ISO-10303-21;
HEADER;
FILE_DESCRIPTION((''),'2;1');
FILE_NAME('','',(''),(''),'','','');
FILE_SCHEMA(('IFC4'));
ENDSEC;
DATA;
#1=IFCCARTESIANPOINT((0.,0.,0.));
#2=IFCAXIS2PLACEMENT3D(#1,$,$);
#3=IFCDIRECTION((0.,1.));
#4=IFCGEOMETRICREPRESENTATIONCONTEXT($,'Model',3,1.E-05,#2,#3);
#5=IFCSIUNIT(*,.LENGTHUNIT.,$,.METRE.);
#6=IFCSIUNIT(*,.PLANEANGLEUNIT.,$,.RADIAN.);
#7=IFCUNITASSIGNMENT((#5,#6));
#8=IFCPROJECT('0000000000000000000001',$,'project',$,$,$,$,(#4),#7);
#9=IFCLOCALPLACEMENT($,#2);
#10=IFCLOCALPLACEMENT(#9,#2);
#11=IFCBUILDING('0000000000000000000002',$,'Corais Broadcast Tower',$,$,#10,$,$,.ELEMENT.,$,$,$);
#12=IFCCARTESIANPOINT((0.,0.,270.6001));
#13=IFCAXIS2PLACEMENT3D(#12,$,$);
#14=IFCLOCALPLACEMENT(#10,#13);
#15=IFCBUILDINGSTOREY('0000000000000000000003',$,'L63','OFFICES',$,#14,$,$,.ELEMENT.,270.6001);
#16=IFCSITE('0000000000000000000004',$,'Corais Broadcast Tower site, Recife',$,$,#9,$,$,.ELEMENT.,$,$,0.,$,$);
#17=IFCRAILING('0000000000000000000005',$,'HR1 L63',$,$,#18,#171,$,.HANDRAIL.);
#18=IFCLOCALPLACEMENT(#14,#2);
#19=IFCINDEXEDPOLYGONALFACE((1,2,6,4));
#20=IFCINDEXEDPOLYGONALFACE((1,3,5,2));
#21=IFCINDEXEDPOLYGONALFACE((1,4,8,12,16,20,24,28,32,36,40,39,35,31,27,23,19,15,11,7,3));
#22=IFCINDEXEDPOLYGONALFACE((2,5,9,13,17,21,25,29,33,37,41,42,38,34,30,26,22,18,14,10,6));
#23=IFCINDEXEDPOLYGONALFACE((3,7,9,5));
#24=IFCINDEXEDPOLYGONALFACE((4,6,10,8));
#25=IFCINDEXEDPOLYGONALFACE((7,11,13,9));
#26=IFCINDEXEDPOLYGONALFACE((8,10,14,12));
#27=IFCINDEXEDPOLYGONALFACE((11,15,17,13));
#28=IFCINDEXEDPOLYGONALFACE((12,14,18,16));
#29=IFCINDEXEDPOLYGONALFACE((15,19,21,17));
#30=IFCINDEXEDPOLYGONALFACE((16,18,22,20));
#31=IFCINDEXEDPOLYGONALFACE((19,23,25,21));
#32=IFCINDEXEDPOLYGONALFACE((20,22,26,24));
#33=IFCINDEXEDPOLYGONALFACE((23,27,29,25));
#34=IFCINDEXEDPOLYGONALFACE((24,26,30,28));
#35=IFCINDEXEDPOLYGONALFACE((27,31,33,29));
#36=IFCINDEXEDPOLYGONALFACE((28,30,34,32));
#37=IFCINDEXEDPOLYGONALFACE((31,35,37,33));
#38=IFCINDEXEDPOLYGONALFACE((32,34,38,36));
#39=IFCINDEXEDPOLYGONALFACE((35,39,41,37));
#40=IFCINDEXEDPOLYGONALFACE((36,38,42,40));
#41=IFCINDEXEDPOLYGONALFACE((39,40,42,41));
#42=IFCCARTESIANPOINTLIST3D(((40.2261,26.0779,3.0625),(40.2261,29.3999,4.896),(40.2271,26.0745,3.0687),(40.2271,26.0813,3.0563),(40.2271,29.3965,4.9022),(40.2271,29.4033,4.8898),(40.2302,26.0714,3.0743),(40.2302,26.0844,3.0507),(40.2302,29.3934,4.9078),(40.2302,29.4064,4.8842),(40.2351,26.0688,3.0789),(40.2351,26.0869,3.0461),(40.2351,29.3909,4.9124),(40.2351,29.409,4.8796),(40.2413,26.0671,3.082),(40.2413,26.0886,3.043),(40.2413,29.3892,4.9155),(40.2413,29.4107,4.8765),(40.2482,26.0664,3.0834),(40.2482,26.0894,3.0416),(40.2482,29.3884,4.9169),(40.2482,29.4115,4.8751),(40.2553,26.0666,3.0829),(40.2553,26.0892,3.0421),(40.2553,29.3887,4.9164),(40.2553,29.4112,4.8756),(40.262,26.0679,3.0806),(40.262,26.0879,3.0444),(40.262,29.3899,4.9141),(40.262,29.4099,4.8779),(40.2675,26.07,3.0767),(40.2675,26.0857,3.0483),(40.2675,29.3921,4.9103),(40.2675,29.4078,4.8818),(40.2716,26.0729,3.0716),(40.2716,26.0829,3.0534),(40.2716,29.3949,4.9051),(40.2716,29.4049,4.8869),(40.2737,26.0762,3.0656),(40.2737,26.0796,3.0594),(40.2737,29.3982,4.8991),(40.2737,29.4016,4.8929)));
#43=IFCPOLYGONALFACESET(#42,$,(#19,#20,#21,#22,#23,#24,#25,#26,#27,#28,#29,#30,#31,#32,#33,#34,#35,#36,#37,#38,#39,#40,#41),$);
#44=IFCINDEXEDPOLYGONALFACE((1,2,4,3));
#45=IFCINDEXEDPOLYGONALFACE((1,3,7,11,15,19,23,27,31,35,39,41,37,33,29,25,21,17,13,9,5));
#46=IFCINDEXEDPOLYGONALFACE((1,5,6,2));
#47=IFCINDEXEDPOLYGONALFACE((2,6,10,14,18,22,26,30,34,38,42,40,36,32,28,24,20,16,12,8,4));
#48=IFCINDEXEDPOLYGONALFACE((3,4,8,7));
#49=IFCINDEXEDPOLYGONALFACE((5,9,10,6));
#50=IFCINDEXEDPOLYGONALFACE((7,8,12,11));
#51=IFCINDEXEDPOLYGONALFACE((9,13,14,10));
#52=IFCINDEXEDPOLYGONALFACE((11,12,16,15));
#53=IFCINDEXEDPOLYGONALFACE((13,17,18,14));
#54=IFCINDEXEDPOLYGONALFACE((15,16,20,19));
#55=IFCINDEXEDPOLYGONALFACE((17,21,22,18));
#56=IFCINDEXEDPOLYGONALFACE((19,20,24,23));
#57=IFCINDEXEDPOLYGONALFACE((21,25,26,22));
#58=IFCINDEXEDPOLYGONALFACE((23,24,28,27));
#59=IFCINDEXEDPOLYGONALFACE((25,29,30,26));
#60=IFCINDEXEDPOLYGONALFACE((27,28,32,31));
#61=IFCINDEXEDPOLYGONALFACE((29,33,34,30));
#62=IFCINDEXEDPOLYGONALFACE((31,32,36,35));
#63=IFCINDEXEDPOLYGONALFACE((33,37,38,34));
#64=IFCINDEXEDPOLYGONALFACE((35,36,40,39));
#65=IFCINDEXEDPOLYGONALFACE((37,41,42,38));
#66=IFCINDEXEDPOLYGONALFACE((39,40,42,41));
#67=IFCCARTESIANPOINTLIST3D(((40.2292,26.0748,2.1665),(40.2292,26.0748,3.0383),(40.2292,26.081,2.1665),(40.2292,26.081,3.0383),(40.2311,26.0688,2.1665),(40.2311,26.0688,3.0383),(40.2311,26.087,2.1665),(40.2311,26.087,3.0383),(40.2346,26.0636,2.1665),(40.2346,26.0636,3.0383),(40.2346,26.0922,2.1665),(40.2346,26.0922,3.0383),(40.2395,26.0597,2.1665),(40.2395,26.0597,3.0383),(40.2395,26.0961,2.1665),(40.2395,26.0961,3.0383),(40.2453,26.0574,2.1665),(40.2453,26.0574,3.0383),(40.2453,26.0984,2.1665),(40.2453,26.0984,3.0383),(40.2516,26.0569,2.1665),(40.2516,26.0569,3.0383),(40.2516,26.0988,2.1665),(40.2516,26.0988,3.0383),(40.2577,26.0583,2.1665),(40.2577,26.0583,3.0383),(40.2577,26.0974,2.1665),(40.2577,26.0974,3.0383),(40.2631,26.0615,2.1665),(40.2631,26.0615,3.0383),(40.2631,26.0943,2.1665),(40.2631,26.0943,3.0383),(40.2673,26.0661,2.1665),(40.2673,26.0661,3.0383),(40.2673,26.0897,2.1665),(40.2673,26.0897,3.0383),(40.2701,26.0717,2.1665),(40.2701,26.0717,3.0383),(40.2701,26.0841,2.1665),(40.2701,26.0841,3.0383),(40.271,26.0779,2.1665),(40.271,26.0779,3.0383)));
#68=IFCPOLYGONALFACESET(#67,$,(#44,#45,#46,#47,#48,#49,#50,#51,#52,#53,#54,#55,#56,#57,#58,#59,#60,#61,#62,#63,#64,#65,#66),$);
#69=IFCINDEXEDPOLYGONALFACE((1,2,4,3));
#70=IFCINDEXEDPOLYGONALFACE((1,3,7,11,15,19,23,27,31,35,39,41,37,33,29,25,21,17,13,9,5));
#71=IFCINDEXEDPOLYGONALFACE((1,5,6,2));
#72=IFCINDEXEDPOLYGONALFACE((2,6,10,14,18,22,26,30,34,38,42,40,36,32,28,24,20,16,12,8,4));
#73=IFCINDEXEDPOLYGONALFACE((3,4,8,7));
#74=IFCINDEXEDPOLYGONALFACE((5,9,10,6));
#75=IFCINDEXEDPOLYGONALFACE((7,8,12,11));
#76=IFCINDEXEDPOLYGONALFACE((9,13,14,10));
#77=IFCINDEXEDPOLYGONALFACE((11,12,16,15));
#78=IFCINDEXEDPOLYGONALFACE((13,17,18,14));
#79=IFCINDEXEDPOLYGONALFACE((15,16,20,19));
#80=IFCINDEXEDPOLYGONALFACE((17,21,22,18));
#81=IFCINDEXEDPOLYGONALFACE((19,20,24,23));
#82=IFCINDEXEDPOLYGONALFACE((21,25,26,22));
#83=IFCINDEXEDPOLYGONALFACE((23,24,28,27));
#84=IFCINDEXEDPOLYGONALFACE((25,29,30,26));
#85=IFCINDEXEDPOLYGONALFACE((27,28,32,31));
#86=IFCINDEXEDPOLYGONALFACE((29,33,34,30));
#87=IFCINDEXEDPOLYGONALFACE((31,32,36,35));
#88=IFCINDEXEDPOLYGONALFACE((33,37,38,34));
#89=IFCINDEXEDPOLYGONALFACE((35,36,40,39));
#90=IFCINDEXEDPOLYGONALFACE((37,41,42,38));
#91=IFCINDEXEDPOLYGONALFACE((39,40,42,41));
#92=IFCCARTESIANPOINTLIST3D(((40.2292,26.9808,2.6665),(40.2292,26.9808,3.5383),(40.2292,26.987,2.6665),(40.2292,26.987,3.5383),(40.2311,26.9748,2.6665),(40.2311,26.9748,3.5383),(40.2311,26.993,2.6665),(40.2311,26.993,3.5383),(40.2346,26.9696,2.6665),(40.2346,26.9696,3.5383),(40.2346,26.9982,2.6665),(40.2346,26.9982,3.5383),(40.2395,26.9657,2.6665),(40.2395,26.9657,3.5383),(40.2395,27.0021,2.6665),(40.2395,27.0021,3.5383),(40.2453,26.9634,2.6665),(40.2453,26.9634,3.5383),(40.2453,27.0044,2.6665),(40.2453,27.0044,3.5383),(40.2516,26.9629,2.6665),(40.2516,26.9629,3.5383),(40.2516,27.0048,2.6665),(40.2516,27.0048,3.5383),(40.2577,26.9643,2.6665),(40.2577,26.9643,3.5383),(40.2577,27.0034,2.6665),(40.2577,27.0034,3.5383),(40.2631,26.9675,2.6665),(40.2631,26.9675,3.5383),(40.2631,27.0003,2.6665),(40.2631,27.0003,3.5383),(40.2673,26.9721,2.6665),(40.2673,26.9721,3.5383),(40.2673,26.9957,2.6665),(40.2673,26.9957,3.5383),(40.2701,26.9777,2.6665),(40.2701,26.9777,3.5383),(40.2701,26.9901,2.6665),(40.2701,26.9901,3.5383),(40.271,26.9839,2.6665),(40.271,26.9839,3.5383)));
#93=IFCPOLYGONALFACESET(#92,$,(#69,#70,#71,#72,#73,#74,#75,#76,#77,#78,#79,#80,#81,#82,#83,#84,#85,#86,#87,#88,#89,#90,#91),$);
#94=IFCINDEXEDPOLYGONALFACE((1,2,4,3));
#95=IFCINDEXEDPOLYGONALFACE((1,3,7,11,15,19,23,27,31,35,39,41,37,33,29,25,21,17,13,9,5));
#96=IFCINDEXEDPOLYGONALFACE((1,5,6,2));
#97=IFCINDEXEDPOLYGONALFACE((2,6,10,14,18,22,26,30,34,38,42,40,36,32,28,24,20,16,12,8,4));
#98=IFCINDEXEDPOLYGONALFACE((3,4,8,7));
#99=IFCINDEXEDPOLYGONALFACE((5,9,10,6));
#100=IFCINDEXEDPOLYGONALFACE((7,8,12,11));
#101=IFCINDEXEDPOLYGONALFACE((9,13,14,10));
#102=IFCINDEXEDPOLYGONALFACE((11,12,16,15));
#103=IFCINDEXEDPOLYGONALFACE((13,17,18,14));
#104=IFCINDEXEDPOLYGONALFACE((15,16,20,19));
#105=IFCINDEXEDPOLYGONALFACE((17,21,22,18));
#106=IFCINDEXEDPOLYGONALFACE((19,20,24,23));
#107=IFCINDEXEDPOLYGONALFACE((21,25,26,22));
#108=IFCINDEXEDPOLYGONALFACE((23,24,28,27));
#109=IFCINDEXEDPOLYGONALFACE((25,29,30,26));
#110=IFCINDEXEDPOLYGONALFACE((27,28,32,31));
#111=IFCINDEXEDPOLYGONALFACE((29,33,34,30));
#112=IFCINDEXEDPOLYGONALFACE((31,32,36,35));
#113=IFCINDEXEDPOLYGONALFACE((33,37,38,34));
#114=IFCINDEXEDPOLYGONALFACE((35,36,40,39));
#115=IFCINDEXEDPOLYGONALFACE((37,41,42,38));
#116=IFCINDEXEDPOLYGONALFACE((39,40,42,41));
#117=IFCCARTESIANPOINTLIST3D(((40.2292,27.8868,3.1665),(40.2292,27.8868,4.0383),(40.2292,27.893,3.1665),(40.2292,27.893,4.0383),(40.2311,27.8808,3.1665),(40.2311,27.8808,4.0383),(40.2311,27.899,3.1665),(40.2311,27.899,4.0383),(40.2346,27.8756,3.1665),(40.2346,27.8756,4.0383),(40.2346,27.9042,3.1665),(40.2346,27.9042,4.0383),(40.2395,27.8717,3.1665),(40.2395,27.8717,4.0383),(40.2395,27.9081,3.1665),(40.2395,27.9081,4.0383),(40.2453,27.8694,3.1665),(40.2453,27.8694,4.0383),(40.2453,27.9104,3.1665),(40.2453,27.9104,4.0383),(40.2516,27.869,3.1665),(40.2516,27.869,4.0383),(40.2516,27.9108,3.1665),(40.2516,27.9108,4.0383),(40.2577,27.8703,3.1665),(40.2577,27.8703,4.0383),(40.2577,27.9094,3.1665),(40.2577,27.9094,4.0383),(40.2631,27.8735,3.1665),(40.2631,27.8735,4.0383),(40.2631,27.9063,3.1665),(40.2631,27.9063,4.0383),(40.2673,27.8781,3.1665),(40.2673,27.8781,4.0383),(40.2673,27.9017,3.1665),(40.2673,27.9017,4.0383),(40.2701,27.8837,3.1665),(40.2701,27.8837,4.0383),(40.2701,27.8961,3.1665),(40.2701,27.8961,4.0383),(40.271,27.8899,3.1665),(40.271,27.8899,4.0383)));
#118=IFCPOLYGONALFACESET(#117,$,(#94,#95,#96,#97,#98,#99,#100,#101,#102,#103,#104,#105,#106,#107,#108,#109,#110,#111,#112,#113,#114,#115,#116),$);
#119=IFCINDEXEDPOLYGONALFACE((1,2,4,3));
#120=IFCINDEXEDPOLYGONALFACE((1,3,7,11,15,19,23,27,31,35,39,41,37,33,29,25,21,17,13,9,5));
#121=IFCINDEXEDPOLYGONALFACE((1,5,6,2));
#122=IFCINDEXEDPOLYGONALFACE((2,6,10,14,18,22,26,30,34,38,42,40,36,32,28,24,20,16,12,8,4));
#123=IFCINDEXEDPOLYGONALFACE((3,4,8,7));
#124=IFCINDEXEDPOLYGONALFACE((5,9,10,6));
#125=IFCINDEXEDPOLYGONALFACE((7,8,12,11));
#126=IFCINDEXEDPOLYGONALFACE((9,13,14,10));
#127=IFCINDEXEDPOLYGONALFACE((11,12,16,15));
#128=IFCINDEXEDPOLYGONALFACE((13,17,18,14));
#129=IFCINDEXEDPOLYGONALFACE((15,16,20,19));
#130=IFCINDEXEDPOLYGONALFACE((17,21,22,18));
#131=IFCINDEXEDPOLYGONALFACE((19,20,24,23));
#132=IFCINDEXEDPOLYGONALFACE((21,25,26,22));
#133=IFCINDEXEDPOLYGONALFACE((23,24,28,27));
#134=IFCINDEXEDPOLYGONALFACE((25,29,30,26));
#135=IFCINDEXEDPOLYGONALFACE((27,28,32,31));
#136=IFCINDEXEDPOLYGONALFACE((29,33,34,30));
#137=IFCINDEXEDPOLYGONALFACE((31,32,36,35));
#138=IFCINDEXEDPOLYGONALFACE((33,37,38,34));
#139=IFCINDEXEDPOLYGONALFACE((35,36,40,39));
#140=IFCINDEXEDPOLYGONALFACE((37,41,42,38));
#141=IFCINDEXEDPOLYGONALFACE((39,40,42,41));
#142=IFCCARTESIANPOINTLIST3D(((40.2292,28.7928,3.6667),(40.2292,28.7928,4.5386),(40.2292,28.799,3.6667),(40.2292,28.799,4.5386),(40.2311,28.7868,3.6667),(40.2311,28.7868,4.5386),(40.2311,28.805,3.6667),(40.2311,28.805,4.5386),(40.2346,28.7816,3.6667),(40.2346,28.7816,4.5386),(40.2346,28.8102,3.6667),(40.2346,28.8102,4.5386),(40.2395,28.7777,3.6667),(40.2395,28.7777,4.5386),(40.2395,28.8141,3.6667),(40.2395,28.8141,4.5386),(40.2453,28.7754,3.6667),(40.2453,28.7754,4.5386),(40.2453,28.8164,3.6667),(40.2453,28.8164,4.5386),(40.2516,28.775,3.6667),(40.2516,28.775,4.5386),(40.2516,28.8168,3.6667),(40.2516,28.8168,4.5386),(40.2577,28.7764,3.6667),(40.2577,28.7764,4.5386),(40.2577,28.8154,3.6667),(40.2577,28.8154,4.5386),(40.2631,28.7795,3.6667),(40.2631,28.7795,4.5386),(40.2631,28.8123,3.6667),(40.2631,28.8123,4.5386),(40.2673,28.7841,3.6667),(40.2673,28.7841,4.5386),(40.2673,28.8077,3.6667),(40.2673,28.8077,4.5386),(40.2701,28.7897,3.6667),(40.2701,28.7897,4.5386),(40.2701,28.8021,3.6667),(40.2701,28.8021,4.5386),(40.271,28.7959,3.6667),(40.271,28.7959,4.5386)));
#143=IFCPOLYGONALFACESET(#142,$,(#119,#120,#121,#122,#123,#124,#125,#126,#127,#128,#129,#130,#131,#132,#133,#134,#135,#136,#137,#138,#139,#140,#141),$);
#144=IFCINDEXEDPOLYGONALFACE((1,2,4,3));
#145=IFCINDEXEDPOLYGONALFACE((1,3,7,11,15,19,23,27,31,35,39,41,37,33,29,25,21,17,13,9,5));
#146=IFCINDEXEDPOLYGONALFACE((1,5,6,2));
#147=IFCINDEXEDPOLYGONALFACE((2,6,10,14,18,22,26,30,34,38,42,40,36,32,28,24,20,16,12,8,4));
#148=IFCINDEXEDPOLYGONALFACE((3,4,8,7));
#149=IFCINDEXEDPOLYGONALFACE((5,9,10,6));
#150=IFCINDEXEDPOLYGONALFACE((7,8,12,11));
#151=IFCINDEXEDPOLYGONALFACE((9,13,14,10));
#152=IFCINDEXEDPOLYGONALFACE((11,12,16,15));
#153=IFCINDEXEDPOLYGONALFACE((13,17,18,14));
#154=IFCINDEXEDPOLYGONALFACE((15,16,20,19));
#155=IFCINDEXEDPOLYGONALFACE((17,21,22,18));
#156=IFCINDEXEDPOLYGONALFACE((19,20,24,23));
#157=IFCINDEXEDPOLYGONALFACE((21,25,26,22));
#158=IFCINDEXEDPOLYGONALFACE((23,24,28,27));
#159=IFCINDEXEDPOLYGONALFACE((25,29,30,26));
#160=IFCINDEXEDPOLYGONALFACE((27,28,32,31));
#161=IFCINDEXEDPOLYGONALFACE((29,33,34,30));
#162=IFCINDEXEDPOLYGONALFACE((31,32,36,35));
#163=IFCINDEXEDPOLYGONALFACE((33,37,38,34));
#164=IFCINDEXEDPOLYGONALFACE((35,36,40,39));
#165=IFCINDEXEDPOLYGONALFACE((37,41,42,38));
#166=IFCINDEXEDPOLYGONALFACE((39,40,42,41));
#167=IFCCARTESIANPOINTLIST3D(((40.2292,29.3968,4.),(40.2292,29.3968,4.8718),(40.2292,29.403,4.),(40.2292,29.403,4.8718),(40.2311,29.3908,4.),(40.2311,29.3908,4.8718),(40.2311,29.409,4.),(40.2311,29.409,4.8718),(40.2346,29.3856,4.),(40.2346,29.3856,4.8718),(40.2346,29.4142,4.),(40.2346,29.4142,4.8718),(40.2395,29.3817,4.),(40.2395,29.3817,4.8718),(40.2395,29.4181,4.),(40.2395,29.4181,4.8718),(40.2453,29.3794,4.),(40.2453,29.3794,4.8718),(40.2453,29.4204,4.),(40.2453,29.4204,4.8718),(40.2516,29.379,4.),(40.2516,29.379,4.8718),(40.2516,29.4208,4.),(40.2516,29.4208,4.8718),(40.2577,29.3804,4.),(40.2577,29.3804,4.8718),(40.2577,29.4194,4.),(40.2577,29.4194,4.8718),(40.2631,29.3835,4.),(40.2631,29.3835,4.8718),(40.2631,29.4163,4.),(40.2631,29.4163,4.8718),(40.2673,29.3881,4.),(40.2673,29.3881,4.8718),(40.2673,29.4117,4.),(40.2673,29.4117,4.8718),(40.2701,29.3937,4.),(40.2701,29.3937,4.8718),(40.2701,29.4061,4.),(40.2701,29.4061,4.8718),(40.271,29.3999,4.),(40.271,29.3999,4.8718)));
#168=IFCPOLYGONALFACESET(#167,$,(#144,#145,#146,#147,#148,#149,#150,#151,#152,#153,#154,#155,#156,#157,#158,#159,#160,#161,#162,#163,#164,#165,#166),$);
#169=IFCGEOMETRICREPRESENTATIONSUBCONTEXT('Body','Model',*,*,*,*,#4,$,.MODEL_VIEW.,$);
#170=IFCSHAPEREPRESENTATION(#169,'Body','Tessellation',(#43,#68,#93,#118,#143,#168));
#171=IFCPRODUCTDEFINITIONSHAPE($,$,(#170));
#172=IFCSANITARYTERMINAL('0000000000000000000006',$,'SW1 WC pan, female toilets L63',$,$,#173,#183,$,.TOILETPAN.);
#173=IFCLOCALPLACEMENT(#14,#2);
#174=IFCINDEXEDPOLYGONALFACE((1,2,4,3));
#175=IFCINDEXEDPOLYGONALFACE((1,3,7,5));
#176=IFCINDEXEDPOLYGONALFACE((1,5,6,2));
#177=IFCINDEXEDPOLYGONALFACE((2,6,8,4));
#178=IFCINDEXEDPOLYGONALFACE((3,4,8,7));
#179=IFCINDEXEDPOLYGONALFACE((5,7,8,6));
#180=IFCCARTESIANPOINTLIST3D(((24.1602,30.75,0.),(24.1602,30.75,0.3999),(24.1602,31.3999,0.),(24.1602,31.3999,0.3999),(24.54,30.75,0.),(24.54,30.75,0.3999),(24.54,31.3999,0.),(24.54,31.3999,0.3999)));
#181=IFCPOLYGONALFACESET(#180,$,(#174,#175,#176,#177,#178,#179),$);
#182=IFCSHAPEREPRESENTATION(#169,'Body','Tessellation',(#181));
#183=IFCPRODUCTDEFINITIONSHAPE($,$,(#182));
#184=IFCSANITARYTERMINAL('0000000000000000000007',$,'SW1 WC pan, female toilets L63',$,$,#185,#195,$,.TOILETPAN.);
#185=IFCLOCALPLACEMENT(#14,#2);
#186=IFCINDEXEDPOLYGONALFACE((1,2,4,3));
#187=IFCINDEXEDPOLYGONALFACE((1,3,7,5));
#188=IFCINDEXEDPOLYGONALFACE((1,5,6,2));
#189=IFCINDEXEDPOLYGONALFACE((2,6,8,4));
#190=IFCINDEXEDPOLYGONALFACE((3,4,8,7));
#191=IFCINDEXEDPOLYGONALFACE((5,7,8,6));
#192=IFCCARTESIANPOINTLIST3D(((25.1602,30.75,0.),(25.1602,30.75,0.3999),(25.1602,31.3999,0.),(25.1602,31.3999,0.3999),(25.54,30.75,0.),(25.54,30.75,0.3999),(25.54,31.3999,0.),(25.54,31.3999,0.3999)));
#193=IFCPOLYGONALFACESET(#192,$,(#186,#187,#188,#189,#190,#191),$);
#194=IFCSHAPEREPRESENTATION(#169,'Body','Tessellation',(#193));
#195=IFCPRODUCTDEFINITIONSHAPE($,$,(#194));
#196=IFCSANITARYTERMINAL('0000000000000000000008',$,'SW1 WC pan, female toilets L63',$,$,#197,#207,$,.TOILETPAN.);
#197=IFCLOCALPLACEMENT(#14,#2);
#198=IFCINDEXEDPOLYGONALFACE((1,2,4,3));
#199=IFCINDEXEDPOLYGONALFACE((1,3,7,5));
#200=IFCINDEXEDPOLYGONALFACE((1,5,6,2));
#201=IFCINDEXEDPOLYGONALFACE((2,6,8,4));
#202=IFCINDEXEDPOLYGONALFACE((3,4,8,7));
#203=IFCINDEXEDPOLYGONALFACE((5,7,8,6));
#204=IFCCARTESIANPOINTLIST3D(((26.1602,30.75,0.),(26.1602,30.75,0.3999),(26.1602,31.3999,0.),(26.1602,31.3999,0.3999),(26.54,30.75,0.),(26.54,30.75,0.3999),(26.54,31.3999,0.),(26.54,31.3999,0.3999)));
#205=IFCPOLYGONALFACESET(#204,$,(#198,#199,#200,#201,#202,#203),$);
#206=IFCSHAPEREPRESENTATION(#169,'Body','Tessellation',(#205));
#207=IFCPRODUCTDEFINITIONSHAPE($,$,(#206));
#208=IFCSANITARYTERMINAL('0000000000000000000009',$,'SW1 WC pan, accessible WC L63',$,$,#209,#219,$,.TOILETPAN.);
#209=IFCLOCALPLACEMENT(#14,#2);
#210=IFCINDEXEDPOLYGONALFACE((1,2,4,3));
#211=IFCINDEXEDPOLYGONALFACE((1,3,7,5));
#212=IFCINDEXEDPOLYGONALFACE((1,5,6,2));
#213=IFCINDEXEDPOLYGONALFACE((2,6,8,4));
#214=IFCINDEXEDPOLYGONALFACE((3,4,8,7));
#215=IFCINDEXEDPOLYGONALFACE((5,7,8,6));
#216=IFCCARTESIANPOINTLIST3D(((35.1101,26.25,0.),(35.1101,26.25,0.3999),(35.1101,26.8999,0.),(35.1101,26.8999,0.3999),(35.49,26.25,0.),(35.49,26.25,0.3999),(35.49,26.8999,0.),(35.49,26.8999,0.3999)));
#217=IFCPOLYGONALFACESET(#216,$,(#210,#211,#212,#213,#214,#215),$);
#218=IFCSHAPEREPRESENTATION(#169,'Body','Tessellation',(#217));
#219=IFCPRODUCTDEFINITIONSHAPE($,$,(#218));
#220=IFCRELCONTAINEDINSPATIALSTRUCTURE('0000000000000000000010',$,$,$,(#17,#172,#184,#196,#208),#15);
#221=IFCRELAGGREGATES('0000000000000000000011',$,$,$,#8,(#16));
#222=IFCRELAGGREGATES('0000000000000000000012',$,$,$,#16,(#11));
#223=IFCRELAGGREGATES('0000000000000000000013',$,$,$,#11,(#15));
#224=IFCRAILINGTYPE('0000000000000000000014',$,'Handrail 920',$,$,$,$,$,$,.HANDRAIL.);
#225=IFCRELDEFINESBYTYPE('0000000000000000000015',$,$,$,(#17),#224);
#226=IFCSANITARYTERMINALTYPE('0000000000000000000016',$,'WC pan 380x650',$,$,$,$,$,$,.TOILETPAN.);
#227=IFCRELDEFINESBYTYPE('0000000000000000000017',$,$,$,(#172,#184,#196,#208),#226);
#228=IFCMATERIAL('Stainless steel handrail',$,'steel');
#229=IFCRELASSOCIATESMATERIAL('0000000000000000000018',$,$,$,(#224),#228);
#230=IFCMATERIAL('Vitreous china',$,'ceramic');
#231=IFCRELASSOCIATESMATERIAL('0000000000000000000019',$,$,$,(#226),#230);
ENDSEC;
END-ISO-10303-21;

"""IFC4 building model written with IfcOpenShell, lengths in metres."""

from ifc_helpers import new_model, si_unit, direction, frame, origin, origin_2d, place, context, subcontext, project, spatial, rectangle, circle, extrude, material, type_object, element, save


model = new_model("IFC4")

# Units and contexts
model_context = context("Model", 3, precision=1e-05, world=origin(), true_north=direction((0.0, 1.0)))
body_context = subcontext(model_context, "Body", "Model", "MODEL_VIEW")
ifc_project = project(units=[si_unit("LENGTHUNIT", "METRE"), si_unit("PLANEANGLEUNIT", "RADIAN")], contexts=[model_context])

# Site, building, storey
site_placement = place(None, origin())
site = spatial("IfcSite", under=ifc_project, at=site_placement, Name="Corais Broadcast Tower site, Recife", CompositionType="ELEMENT", RefElevation=0.0)
building_placement = place(site_placement, origin())
building = spatial("IfcBuilding", under=site, at=building_placement, Name="Corais Broadcast Tower", CompositionType="ELEMENT")
storey_placement = place(building_placement, frame((0.0, 0.0, 270.6001)))
storey = spatial("IfcBuildingStorey", under=building, at=storey_placement, Name="L63", Description="OFFICES", CompositionType="ELEMENT", Elevation=270.6001)

# Railing
ifc_material_1 = material(Name="Stainless steel handrail", Category="steel")
railing_type = type_object("IfcRailingType", Name="Handrail 920", PredefinedType="HANDRAIL", material=ifc_material_1)
railing_placement = place(storey_placement, frame((40.25, 26.0779, 2.1665)))
element("IfcRailing", 1, at=railing_placement, inside=storey, type_object=railing_type, Name="HR1 L63", PredefinedType="HANDRAIL", context=body_context, shape_type="SweptSolid", body=[
    extrude(circle(Radius=0.0239, at=origin_2d()), frame((0.0, 0.0, 0.896), z_axis=(0.0, 0.875504, 0.48321), x_axis=(-1.0, 0.0, 0.0)), (0.0, 0.0, 1.0), 3.7944),
    extrude(circle(Radius=0.021, at=origin_2d()), origin(), (0.0, 0.0, 1.0), 0.8718),
    extrude(circle(Radius=0.021, at=origin_2d()), frame((0.0, 0.906, 0.5)), (0.0, 0.0, 1.0), 0.8718),
    extrude(circle(Radius=0.021, at=origin_2d()), frame((0.0, 1.812, 1.0)), (0.0, 0.0, 1.0), 0.8718),
    extrude(circle(Radius=0.021, at=origin_2d()), frame((0.0, 2.718, 1.5002)), (0.0, 0.0, 1.0), 0.8718),
    extrude(circle(Radius=0.021, at=origin_2d()), frame((0.0, 3.322, 1.8335)), (0.0, 0.0, 1.0), 0.8718),
])

# Sanitary terminals
ifc_material_2 = material(Name="Vitreous china", Category="ceramic")
sanitary_terminal_type_1 = type_object("IfcSanitaryTerminalType", Name="WC pan 380x650", PredefinedType="TOILETPAN", material=ifc_material_2)
for number, where, z_axis, x_axis, name in (
    (2, (24.3501, 31.075, 0.0), (0.0, 0.0, 1.0), (1.0, 0.0, 0.0), "SW1 WC pan, female toilets L63"),
    (3, (25.3501, 31.075, 0.0), (0.0, 0.0, 1.0), (1.0, 0.0, 0.0), "SW1 WC pan, female toilets L63"),
    (4, (26.3501, 31.075, 0.0), (0.0, 0.0, 1.0), (1.0, 0.0, 0.0), "SW1 WC pan, female toilets L63"),
    (5, (35.3, 26.575, 0.0), (0.0, 0.0, 1.0), (1.0, 0.0, 0.0), "SW1 WC pan, accessible WC L63"),
):
    element("IfcSanitaryTerminal", number, at=place(storey_placement, frame(where, z_axis=z_axis, x_axis=x_axis)), inside=storey, type_object=sanitary_terminal_type_1, Name=name, PredefinedType="TOILETPAN", context=body_context, shape_type="SweptSolid", body=[
        extrude(rectangle(XDim=0.3799, YDim=0.6499, at=origin_2d()), origin(), (0.0, 0.0, 1.0), 0.3999),
    ])

save(model, "model.ifc")
